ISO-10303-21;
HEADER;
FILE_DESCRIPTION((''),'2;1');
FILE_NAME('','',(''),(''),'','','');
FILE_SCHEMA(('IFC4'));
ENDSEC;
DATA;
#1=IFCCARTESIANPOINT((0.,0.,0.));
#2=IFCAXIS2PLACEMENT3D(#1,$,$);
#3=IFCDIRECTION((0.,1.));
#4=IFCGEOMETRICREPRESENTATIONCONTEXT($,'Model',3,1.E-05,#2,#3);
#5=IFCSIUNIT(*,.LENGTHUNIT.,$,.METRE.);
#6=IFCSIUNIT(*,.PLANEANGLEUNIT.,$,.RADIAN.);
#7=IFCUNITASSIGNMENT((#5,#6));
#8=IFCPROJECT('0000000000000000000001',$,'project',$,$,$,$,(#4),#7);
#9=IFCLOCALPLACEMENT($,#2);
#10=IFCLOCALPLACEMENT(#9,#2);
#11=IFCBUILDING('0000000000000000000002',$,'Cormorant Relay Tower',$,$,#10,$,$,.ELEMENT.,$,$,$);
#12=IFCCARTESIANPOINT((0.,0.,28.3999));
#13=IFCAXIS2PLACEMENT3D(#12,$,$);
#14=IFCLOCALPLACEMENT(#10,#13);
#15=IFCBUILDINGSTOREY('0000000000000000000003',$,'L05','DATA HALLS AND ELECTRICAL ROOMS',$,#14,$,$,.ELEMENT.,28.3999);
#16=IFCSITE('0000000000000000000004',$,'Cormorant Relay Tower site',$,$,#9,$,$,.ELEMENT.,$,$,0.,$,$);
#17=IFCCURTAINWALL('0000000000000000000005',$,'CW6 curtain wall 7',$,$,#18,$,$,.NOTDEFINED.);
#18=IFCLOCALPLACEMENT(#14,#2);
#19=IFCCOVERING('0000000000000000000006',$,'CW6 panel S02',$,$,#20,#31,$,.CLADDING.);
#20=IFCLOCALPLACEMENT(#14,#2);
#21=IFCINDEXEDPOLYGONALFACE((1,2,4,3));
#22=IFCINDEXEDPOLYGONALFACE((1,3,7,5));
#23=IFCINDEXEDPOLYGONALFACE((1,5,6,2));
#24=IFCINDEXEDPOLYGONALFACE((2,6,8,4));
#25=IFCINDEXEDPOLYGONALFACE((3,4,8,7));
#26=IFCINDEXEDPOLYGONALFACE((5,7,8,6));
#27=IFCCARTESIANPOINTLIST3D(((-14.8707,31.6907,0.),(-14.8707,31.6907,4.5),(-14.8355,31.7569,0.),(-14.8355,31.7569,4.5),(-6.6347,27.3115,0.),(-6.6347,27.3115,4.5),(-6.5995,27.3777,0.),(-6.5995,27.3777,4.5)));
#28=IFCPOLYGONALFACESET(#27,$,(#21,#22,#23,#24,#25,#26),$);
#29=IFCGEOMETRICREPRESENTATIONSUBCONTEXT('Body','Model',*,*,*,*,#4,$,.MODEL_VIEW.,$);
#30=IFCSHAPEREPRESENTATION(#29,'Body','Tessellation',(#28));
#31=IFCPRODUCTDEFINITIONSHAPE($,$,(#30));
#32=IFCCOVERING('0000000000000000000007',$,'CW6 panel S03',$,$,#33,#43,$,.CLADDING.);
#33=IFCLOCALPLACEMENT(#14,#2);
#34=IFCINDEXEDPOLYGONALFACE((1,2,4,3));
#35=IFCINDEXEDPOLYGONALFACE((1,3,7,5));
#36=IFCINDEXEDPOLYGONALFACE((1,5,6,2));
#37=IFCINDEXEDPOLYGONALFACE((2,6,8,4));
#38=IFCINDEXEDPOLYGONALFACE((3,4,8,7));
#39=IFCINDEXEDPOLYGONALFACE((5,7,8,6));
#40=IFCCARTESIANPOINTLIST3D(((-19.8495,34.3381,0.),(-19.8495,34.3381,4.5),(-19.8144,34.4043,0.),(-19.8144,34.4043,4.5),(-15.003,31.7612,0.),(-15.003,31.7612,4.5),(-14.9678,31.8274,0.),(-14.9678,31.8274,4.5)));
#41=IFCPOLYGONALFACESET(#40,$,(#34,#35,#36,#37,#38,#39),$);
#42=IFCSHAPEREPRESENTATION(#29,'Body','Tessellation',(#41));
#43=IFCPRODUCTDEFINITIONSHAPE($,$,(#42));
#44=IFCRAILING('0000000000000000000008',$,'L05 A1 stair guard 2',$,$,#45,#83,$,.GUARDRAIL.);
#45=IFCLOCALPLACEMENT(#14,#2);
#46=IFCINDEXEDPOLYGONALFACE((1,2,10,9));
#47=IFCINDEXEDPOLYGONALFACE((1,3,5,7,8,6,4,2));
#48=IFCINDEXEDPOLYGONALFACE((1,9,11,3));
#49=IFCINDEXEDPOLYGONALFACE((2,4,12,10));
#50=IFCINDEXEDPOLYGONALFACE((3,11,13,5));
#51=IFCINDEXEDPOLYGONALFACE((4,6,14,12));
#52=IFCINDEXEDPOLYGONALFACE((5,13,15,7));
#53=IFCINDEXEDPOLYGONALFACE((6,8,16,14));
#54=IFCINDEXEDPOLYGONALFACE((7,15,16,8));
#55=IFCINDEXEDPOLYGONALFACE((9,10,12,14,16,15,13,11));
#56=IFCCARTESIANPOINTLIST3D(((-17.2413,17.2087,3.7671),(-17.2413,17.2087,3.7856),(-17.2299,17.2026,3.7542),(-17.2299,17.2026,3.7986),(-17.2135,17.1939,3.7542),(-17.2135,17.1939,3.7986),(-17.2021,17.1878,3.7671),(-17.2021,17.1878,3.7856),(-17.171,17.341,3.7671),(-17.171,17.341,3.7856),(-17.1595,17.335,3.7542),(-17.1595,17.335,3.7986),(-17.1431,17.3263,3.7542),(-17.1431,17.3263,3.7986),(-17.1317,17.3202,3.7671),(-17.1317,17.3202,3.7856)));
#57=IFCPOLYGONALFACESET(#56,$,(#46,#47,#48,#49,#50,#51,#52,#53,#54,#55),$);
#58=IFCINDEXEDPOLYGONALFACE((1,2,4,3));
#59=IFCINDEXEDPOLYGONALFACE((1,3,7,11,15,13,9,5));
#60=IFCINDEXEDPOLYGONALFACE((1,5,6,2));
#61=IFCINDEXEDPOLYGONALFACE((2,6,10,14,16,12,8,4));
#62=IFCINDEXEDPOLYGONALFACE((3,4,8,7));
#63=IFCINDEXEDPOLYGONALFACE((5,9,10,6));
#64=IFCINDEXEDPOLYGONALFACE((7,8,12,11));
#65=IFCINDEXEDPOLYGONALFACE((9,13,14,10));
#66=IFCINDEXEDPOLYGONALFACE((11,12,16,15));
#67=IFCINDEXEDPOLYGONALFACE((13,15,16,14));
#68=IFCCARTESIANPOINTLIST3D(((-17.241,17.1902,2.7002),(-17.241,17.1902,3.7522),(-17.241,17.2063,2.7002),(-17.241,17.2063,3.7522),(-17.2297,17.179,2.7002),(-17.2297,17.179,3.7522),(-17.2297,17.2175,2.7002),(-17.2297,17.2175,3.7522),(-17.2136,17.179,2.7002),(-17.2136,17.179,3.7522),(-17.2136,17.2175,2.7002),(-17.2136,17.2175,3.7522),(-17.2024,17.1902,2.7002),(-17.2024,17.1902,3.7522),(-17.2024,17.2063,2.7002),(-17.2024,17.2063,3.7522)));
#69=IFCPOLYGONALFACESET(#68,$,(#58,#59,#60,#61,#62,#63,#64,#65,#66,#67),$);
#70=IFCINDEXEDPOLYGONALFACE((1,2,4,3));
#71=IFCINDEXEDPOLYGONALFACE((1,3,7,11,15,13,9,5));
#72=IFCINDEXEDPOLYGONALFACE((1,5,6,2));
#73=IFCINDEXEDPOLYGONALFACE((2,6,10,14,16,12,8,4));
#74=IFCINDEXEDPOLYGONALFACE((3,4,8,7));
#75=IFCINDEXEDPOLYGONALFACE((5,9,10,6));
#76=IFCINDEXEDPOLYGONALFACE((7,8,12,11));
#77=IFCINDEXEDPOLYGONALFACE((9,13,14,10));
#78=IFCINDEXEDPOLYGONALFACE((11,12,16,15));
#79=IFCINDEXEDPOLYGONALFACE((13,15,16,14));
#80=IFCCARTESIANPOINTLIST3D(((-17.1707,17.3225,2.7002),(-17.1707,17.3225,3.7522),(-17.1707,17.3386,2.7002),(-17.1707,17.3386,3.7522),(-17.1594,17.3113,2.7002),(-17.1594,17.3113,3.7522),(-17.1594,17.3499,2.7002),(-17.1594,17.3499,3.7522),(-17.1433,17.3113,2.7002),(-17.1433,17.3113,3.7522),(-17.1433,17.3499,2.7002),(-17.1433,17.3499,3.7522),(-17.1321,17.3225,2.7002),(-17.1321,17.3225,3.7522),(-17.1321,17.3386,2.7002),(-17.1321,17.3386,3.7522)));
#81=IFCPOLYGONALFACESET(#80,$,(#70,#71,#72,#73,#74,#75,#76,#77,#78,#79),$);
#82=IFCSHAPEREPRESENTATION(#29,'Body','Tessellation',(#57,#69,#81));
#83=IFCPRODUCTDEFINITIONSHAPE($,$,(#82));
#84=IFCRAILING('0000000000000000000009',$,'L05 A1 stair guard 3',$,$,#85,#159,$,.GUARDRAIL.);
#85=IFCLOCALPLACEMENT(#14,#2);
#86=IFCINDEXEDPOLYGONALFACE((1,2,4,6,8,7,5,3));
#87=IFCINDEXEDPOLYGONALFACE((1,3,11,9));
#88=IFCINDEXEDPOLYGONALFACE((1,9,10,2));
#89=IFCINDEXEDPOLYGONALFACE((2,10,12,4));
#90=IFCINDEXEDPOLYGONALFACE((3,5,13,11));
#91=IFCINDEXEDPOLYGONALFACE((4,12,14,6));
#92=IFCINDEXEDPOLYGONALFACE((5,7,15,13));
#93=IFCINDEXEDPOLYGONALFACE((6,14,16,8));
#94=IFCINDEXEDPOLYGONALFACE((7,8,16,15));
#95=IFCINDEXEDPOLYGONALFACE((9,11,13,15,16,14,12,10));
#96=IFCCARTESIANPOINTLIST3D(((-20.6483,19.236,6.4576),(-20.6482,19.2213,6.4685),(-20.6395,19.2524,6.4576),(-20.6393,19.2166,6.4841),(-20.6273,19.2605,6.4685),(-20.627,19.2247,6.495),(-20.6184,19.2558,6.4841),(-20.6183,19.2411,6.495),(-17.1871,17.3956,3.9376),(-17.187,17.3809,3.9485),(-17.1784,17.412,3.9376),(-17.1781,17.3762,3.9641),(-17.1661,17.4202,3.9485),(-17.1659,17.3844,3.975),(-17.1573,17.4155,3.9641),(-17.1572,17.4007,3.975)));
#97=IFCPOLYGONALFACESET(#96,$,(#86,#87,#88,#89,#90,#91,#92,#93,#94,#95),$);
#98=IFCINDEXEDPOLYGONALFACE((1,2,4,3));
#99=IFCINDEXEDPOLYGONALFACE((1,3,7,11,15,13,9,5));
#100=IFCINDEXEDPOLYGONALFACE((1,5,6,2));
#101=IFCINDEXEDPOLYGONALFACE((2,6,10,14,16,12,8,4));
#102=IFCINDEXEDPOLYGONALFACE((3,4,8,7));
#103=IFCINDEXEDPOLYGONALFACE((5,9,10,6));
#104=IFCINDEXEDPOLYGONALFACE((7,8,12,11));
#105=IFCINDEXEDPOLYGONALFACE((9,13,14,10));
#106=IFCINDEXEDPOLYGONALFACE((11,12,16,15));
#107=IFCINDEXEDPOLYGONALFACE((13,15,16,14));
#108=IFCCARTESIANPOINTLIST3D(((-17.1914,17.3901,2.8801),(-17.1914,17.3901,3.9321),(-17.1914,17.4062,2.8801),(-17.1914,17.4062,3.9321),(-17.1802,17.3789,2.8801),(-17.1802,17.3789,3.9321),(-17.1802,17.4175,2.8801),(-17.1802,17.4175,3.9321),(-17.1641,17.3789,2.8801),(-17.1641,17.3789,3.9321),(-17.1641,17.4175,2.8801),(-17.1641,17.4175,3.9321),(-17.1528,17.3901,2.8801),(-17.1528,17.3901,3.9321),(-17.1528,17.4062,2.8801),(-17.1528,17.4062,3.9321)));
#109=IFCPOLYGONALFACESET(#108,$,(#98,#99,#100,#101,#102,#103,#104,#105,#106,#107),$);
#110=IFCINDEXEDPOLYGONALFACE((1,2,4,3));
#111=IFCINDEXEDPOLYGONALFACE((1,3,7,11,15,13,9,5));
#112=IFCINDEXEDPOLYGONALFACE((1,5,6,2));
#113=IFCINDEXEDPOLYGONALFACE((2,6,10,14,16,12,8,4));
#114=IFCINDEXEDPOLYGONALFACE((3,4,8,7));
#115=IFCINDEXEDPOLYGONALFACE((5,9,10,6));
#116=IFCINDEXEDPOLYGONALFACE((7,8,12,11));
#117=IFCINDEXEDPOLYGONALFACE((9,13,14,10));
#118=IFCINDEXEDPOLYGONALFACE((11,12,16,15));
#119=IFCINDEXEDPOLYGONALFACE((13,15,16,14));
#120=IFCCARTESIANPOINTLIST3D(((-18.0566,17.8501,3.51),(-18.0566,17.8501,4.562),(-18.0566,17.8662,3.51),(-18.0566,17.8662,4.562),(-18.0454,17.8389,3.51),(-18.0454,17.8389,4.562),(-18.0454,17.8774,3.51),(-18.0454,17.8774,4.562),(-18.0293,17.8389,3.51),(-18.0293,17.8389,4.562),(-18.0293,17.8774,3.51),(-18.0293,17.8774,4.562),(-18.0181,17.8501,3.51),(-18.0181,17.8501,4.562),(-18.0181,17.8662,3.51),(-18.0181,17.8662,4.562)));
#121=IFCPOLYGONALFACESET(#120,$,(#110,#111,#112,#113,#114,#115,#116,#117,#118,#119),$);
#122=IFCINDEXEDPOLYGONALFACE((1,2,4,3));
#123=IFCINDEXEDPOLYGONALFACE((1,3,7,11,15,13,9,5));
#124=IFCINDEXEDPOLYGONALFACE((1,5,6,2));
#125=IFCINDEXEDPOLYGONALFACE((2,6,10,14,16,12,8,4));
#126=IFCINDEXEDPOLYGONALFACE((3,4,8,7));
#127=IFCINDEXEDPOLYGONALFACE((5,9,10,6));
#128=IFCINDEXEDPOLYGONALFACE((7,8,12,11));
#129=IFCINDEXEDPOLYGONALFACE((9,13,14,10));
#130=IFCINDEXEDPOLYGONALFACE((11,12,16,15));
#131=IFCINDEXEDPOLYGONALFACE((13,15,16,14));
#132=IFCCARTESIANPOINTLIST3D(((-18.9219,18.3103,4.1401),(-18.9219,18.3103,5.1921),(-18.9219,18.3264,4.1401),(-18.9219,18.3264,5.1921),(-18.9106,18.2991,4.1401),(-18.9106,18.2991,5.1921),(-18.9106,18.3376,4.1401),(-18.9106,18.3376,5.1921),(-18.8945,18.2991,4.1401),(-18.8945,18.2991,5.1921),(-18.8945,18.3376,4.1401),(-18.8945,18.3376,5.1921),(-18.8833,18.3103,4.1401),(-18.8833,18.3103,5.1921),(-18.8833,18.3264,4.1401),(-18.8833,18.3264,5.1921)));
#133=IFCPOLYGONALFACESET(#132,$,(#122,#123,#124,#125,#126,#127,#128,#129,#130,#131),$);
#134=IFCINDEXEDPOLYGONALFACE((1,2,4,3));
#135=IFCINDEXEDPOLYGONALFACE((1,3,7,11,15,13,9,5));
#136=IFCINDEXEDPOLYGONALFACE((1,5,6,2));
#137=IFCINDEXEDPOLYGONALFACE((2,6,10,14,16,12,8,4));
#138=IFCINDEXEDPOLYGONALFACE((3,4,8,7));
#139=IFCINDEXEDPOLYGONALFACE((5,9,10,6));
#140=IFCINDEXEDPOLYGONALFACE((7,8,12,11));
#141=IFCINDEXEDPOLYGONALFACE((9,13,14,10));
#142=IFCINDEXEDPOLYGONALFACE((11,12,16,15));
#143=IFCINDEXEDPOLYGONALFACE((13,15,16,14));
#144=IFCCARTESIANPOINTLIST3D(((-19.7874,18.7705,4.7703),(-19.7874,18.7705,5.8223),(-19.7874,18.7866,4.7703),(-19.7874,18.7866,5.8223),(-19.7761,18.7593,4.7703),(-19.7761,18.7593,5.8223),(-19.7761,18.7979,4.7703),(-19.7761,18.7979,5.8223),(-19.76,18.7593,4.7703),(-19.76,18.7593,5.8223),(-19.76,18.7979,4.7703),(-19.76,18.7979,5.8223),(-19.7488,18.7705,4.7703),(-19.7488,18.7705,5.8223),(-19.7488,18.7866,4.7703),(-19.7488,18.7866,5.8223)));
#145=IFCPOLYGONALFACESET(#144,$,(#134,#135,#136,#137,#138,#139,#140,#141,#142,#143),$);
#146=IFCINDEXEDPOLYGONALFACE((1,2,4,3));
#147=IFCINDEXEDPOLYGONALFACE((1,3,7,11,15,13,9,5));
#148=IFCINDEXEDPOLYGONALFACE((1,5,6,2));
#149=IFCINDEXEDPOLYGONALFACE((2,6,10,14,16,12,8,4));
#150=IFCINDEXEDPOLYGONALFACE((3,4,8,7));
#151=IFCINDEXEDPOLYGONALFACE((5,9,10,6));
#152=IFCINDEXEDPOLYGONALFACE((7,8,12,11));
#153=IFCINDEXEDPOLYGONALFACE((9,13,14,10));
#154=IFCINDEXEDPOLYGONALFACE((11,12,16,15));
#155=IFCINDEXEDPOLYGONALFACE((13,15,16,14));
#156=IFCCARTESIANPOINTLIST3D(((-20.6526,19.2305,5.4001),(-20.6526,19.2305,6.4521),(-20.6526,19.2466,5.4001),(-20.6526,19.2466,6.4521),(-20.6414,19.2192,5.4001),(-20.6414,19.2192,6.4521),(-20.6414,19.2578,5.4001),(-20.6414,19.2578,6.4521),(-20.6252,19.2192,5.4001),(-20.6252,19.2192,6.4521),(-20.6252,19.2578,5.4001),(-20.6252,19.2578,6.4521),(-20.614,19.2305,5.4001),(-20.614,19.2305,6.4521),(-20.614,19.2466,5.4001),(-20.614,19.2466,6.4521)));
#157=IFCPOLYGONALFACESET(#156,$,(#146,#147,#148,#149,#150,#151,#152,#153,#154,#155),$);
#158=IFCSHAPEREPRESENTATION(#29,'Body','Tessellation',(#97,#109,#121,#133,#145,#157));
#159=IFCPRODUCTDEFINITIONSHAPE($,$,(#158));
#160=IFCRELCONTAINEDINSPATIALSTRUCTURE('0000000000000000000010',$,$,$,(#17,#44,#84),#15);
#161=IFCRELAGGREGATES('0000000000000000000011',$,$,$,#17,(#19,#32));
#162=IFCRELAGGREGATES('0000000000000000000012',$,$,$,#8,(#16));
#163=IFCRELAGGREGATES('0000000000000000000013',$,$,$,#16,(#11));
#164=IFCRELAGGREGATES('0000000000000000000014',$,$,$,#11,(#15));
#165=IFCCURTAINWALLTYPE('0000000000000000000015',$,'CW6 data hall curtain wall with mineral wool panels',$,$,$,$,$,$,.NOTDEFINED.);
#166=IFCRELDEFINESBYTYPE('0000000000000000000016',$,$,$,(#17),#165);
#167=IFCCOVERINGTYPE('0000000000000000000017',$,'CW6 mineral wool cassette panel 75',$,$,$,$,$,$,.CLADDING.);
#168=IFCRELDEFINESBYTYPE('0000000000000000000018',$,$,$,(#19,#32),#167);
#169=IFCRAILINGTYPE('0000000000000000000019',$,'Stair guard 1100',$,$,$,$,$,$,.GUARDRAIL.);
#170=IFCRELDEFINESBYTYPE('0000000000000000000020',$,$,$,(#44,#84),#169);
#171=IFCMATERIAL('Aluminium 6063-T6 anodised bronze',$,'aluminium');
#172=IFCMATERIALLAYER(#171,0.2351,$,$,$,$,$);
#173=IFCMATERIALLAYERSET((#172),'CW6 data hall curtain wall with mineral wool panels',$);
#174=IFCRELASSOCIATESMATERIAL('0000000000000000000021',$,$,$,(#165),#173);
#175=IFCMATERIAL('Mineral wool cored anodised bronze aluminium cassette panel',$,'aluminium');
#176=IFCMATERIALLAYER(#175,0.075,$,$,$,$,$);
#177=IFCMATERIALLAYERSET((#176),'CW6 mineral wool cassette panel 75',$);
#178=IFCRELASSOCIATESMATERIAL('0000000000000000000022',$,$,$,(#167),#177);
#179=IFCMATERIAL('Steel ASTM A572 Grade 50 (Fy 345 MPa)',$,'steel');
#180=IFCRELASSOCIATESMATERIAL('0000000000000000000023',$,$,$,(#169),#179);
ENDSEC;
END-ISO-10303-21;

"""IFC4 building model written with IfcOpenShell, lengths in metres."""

from ifc_helpers import new_model, si_unit, direction, frame, origin, origin_2d, place, context, subcontext, project, spatial, polyline, rectangle, outline, extrude, material, layer, layer_set, type_object, element, aggregate, save


model = new_model("IFC4")

# Units and contexts
model_context = context("Model", 3, precision=1e-05, world=origin(), true_north=direction((0.0, 1.0)))
body_context = subcontext(model_context, "Body", "Model", "MODEL_VIEW")
ifc_project = project(units=[si_unit("LENGTHUNIT", "METRE"), si_unit("PLANEANGLEUNIT", "RADIAN")], contexts=[model_context])

# Site, building, storey
site_placement = place(None, origin())
site = spatial("IfcSite", under=ifc_project, at=site_placement, Name="Cormorant Relay Tower site", CompositionType="ELEMENT", RefElevation=0.0)
building_placement = place(site_placement, origin())
building = spatial("IfcBuilding", under=site, at=building_placement, Name="Cormorant Relay Tower", CompositionType="ELEMENT")
storey_placement = place(building_placement, frame((0.0, 0.0, 28.3999)))
storey = spatial("IfcBuildingStorey", under=building, at=storey_placement, Name="L05", Description="DATA HALLS AND ELECTRICAL ROOMS", CompositionType="ELEMENT", Elevation=28.3999)

# Curtain wall
ifc_material_1 = material(Name="Aluminium 6063-T6 anodised bronze", Category="aluminium")
ifc_layer_1 = layer(ifc_material_1, 0.2351)
ifc_layer_set_1 = layer_set([ifc_layer_1], Name="CW6 data hall curtain wall with mineral wool panels")
curtain_wall_type = type_object("IfcCurtainWallType", Name="CW6 data hall curtain wall with mineral wool panels", PredefinedType="NOTDEFINED", material=ifc_layer_set_1)
curtain_wall_placement = place(storey_placement, origin())
curtain_wall = element("IfcCurtainWall", 1, at=curtain_wall_placement, inside=storey, type_object=curtain_wall_type, Name="CW6 curtain wall 7", PredefinedType="NOTDEFINED")

# Coverings
ifc_material_2 = material(Name="Mineral wool cored anodised bronze aluminium cassette panel", Category="aluminium")
ifc_layer_2 = layer(ifc_material_2, 0.075)
ifc_layer_set_2 = layer_set([ifc_layer_2], Name="CW6 mineral wool cassette panel 75")
covering_type = type_object("IfcCoveringType", Name="CW6 mineral wool cassette panel 75", PredefinedType="CLADDING", material=ifc_layer_set_2)
covering_1_placement = place(storey_placement, frame((-10.7351, 29.5342, 0.0), z_axis=(0.0, 0.0, 1.0), x_axis=(-0.882948, 0.469472, 0.0)))
covering_1 = element("IfcCovering", 2, at=covering_1_placement, type_object=covering_type, Name="CW6 panel S02", PredefinedType="CLADDING", context=body_context, shape_type="SweptSolid", body=[
    extrude(rectangle(XDim=9.3279, YDim=0.075, at=origin_2d()), origin(), (0.0, 0.0, 1.0), 4.5),
])
covering_2_placement = place(storey_placement, frame((-17.4087, 33.0828, 0.0), z_axis=(0.0, 0.0, 1.0), x_axis=(-0.882948, 0.469472, 0.0)))
covering_2 = element("IfcCovering", 3, at=covering_2_placement, type_object=covering_type, Name="CW6 panel S03", PredefinedType="CLADDING", context=body_context, shape_type="SweptSolid", body=[
    extrude(rectangle(XDim=5.489, YDim=0.075, at=origin_2d()), origin(), (0.0, 0.0, 1.0), 4.5),
])
aggregate(curtain_wall, [covering_1, covering_2])

# Railings
ifc_material_3 = material(Name="Steel ASTM A572 Grade 50 (Fy 345 MPa)", Category="steel")
railing_type_1 = type_object("IfcRailingType", Name="Stair guard 1100", PredefinedType="GUARDRAIL", material=ifc_material_3)
railing_1_placement = place(storey_placement, frame((-17.2217, 17.1982, 2.7002)))
element("IfcRailing", 4, at=railing_1_placement, inside=storey, type_object=railing_type_1, Name="L05 A1 stair guard 2", PredefinedType="GUARDRAIL", context=body_context, shape_type="SweptSolid", body=[
    extrude(outline(polyline([(0.0222, 0.0093), (0.0093, 0.0222), (-0.0093, 0.0222), (-0.0222, 0.0093), (-0.0222, -0.0093), (-0.0093, -0.0222), (0.0093, -0.0222), (0.0222, -0.0093), (0.0222, 0.0093)])), frame((0.0, 0.0, 1.0762), z_axis=(0.469235, 0.883074, 0.0), x_axis=(-0.883074, 0.469235, 0.0)), (0.0, 0.0, 1.0), 0.1499),
    extrude(outline(polyline([(0.0193, 0.0081), (0.0081, 0.0193), (-0.0081, 0.0193), (-0.0193, 0.0081), (-0.0193, -0.0081), (-0.0081, -0.0193), (0.0081, -0.0193), (0.0193, -0.0081), (0.0193, 0.0081)])), origin(), (0.0, 0.0, 1.0), 1.052),
    extrude(outline(polyline([(0.0193, 0.0081), (0.0081, 0.0193), (-0.0081, 0.0193), (-0.0193, 0.0081), (-0.0193, -0.0081), (-0.0081, -0.0193), (0.0081, -0.0193), (0.0193, -0.0081), (0.0193, 0.0081)])), frame((0.0703, 0.1323, 0.0)), (0.0, 0.0, 1.0), 1.052),
])
railing_2_placement = place(storey_placement, frame((-17.1721, 17.3982, 2.8801)))
element("IfcRailing", 5, at=railing_2_placement, inside=storey, type_object=railing_type_1, Name="L05 A1 stair guard 3", PredefinedType="GUARDRAIL", context=body_context, shape_type="SweptSolid", body=[
    extrude(outline(polyline([(0.0222, 0.0093), (0.0093, 0.0222), (-0.0093, 0.0222), (-0.0222, 0.0093), (-0.0222, -0.0093), (-0.0093, -0.0222), (0.0093, -0.0222), (0.0222, -0.0093), (0.0222, 0.0093)])), frame((0.0, 0.0, 1.0762), z_axis=(-0.742717, 0.394907, 0.540758), x_axis=(-0.469469, -0.882949, 0.0)), (0.0, 0.0, 1.0), 4.6602),
    extrude(outline(polyline([(0.0193, 0.0081), (0.0081, 0.0193), (-0.0081, 0.0193), (-0.0193, 0.0081), (-0.0193, -0.0081), (-0.0081, -0.0193), (0.0081, -0.0193), (0.0193, -0.0081), (0.0193, 0.0081)])), origin(), (0.0, 0.0, 1.0), 1.052),
    extrude(outline(polyline([(0.0193, 0.0081), (0.0081, 0.0193), (-0.0081, 0.0193), (-0.0193, 0.0081), (-0.0193, -0.0081), (-0.0081, -0.0193), (0.0081, -0.0193), (0.0193, -0.0081), (0.0193, 0.0081)])), frame((-0.8652, 0.46, 0.6299)), (0.0, 0.0, 1.0), 1.052),
    extrude(outline(polyline([(0.0193, 0.0081), (0.0081, 0.0193), (-0.0081, 0.0193), (-0.0193, 0.0081), (-0.0193, -0.0081), (-0.0081, -0.0193), (0.0081, -0.0193), (0.0193, -0.0081), (0.0193, 0.0081)])), frame((-1.7305, 0.9202, 1.26)), (0.0, 0.0, 1.0), 1.052),
    extrude(outline(polyline([(0.0193, 0.0081), (0.0081, 0.0193), (-0.0081, 0.0193), (-0.0193, 0.0081), (-0.0193, -0.0081), (-0.0081, -0.0193), (0.0081, -0.0193), (0.0193, -0.0081), (0.0193, 0.0081)])), frame((-2.5959, 1.3804, 1.8901)), (0.0, 0.0, 1.0), 1.052),
    extrude(outline(polyline([(0.0193, 0.0081), (0.0081, 0.0193), (-0.0081, 0.0193), (-0.0193, 0.0081), (-0.0193, -0.0081), (-0.0081, -0.0193), (0.0081, -0.0193), (0.0193, -0.0081), (0.0193, 0.0081)])), frame((-3.4612, 1.8403, 2.52)), (0.0, 0.0, 1.0), 1.052),
])

save(model, "model.ifc")
